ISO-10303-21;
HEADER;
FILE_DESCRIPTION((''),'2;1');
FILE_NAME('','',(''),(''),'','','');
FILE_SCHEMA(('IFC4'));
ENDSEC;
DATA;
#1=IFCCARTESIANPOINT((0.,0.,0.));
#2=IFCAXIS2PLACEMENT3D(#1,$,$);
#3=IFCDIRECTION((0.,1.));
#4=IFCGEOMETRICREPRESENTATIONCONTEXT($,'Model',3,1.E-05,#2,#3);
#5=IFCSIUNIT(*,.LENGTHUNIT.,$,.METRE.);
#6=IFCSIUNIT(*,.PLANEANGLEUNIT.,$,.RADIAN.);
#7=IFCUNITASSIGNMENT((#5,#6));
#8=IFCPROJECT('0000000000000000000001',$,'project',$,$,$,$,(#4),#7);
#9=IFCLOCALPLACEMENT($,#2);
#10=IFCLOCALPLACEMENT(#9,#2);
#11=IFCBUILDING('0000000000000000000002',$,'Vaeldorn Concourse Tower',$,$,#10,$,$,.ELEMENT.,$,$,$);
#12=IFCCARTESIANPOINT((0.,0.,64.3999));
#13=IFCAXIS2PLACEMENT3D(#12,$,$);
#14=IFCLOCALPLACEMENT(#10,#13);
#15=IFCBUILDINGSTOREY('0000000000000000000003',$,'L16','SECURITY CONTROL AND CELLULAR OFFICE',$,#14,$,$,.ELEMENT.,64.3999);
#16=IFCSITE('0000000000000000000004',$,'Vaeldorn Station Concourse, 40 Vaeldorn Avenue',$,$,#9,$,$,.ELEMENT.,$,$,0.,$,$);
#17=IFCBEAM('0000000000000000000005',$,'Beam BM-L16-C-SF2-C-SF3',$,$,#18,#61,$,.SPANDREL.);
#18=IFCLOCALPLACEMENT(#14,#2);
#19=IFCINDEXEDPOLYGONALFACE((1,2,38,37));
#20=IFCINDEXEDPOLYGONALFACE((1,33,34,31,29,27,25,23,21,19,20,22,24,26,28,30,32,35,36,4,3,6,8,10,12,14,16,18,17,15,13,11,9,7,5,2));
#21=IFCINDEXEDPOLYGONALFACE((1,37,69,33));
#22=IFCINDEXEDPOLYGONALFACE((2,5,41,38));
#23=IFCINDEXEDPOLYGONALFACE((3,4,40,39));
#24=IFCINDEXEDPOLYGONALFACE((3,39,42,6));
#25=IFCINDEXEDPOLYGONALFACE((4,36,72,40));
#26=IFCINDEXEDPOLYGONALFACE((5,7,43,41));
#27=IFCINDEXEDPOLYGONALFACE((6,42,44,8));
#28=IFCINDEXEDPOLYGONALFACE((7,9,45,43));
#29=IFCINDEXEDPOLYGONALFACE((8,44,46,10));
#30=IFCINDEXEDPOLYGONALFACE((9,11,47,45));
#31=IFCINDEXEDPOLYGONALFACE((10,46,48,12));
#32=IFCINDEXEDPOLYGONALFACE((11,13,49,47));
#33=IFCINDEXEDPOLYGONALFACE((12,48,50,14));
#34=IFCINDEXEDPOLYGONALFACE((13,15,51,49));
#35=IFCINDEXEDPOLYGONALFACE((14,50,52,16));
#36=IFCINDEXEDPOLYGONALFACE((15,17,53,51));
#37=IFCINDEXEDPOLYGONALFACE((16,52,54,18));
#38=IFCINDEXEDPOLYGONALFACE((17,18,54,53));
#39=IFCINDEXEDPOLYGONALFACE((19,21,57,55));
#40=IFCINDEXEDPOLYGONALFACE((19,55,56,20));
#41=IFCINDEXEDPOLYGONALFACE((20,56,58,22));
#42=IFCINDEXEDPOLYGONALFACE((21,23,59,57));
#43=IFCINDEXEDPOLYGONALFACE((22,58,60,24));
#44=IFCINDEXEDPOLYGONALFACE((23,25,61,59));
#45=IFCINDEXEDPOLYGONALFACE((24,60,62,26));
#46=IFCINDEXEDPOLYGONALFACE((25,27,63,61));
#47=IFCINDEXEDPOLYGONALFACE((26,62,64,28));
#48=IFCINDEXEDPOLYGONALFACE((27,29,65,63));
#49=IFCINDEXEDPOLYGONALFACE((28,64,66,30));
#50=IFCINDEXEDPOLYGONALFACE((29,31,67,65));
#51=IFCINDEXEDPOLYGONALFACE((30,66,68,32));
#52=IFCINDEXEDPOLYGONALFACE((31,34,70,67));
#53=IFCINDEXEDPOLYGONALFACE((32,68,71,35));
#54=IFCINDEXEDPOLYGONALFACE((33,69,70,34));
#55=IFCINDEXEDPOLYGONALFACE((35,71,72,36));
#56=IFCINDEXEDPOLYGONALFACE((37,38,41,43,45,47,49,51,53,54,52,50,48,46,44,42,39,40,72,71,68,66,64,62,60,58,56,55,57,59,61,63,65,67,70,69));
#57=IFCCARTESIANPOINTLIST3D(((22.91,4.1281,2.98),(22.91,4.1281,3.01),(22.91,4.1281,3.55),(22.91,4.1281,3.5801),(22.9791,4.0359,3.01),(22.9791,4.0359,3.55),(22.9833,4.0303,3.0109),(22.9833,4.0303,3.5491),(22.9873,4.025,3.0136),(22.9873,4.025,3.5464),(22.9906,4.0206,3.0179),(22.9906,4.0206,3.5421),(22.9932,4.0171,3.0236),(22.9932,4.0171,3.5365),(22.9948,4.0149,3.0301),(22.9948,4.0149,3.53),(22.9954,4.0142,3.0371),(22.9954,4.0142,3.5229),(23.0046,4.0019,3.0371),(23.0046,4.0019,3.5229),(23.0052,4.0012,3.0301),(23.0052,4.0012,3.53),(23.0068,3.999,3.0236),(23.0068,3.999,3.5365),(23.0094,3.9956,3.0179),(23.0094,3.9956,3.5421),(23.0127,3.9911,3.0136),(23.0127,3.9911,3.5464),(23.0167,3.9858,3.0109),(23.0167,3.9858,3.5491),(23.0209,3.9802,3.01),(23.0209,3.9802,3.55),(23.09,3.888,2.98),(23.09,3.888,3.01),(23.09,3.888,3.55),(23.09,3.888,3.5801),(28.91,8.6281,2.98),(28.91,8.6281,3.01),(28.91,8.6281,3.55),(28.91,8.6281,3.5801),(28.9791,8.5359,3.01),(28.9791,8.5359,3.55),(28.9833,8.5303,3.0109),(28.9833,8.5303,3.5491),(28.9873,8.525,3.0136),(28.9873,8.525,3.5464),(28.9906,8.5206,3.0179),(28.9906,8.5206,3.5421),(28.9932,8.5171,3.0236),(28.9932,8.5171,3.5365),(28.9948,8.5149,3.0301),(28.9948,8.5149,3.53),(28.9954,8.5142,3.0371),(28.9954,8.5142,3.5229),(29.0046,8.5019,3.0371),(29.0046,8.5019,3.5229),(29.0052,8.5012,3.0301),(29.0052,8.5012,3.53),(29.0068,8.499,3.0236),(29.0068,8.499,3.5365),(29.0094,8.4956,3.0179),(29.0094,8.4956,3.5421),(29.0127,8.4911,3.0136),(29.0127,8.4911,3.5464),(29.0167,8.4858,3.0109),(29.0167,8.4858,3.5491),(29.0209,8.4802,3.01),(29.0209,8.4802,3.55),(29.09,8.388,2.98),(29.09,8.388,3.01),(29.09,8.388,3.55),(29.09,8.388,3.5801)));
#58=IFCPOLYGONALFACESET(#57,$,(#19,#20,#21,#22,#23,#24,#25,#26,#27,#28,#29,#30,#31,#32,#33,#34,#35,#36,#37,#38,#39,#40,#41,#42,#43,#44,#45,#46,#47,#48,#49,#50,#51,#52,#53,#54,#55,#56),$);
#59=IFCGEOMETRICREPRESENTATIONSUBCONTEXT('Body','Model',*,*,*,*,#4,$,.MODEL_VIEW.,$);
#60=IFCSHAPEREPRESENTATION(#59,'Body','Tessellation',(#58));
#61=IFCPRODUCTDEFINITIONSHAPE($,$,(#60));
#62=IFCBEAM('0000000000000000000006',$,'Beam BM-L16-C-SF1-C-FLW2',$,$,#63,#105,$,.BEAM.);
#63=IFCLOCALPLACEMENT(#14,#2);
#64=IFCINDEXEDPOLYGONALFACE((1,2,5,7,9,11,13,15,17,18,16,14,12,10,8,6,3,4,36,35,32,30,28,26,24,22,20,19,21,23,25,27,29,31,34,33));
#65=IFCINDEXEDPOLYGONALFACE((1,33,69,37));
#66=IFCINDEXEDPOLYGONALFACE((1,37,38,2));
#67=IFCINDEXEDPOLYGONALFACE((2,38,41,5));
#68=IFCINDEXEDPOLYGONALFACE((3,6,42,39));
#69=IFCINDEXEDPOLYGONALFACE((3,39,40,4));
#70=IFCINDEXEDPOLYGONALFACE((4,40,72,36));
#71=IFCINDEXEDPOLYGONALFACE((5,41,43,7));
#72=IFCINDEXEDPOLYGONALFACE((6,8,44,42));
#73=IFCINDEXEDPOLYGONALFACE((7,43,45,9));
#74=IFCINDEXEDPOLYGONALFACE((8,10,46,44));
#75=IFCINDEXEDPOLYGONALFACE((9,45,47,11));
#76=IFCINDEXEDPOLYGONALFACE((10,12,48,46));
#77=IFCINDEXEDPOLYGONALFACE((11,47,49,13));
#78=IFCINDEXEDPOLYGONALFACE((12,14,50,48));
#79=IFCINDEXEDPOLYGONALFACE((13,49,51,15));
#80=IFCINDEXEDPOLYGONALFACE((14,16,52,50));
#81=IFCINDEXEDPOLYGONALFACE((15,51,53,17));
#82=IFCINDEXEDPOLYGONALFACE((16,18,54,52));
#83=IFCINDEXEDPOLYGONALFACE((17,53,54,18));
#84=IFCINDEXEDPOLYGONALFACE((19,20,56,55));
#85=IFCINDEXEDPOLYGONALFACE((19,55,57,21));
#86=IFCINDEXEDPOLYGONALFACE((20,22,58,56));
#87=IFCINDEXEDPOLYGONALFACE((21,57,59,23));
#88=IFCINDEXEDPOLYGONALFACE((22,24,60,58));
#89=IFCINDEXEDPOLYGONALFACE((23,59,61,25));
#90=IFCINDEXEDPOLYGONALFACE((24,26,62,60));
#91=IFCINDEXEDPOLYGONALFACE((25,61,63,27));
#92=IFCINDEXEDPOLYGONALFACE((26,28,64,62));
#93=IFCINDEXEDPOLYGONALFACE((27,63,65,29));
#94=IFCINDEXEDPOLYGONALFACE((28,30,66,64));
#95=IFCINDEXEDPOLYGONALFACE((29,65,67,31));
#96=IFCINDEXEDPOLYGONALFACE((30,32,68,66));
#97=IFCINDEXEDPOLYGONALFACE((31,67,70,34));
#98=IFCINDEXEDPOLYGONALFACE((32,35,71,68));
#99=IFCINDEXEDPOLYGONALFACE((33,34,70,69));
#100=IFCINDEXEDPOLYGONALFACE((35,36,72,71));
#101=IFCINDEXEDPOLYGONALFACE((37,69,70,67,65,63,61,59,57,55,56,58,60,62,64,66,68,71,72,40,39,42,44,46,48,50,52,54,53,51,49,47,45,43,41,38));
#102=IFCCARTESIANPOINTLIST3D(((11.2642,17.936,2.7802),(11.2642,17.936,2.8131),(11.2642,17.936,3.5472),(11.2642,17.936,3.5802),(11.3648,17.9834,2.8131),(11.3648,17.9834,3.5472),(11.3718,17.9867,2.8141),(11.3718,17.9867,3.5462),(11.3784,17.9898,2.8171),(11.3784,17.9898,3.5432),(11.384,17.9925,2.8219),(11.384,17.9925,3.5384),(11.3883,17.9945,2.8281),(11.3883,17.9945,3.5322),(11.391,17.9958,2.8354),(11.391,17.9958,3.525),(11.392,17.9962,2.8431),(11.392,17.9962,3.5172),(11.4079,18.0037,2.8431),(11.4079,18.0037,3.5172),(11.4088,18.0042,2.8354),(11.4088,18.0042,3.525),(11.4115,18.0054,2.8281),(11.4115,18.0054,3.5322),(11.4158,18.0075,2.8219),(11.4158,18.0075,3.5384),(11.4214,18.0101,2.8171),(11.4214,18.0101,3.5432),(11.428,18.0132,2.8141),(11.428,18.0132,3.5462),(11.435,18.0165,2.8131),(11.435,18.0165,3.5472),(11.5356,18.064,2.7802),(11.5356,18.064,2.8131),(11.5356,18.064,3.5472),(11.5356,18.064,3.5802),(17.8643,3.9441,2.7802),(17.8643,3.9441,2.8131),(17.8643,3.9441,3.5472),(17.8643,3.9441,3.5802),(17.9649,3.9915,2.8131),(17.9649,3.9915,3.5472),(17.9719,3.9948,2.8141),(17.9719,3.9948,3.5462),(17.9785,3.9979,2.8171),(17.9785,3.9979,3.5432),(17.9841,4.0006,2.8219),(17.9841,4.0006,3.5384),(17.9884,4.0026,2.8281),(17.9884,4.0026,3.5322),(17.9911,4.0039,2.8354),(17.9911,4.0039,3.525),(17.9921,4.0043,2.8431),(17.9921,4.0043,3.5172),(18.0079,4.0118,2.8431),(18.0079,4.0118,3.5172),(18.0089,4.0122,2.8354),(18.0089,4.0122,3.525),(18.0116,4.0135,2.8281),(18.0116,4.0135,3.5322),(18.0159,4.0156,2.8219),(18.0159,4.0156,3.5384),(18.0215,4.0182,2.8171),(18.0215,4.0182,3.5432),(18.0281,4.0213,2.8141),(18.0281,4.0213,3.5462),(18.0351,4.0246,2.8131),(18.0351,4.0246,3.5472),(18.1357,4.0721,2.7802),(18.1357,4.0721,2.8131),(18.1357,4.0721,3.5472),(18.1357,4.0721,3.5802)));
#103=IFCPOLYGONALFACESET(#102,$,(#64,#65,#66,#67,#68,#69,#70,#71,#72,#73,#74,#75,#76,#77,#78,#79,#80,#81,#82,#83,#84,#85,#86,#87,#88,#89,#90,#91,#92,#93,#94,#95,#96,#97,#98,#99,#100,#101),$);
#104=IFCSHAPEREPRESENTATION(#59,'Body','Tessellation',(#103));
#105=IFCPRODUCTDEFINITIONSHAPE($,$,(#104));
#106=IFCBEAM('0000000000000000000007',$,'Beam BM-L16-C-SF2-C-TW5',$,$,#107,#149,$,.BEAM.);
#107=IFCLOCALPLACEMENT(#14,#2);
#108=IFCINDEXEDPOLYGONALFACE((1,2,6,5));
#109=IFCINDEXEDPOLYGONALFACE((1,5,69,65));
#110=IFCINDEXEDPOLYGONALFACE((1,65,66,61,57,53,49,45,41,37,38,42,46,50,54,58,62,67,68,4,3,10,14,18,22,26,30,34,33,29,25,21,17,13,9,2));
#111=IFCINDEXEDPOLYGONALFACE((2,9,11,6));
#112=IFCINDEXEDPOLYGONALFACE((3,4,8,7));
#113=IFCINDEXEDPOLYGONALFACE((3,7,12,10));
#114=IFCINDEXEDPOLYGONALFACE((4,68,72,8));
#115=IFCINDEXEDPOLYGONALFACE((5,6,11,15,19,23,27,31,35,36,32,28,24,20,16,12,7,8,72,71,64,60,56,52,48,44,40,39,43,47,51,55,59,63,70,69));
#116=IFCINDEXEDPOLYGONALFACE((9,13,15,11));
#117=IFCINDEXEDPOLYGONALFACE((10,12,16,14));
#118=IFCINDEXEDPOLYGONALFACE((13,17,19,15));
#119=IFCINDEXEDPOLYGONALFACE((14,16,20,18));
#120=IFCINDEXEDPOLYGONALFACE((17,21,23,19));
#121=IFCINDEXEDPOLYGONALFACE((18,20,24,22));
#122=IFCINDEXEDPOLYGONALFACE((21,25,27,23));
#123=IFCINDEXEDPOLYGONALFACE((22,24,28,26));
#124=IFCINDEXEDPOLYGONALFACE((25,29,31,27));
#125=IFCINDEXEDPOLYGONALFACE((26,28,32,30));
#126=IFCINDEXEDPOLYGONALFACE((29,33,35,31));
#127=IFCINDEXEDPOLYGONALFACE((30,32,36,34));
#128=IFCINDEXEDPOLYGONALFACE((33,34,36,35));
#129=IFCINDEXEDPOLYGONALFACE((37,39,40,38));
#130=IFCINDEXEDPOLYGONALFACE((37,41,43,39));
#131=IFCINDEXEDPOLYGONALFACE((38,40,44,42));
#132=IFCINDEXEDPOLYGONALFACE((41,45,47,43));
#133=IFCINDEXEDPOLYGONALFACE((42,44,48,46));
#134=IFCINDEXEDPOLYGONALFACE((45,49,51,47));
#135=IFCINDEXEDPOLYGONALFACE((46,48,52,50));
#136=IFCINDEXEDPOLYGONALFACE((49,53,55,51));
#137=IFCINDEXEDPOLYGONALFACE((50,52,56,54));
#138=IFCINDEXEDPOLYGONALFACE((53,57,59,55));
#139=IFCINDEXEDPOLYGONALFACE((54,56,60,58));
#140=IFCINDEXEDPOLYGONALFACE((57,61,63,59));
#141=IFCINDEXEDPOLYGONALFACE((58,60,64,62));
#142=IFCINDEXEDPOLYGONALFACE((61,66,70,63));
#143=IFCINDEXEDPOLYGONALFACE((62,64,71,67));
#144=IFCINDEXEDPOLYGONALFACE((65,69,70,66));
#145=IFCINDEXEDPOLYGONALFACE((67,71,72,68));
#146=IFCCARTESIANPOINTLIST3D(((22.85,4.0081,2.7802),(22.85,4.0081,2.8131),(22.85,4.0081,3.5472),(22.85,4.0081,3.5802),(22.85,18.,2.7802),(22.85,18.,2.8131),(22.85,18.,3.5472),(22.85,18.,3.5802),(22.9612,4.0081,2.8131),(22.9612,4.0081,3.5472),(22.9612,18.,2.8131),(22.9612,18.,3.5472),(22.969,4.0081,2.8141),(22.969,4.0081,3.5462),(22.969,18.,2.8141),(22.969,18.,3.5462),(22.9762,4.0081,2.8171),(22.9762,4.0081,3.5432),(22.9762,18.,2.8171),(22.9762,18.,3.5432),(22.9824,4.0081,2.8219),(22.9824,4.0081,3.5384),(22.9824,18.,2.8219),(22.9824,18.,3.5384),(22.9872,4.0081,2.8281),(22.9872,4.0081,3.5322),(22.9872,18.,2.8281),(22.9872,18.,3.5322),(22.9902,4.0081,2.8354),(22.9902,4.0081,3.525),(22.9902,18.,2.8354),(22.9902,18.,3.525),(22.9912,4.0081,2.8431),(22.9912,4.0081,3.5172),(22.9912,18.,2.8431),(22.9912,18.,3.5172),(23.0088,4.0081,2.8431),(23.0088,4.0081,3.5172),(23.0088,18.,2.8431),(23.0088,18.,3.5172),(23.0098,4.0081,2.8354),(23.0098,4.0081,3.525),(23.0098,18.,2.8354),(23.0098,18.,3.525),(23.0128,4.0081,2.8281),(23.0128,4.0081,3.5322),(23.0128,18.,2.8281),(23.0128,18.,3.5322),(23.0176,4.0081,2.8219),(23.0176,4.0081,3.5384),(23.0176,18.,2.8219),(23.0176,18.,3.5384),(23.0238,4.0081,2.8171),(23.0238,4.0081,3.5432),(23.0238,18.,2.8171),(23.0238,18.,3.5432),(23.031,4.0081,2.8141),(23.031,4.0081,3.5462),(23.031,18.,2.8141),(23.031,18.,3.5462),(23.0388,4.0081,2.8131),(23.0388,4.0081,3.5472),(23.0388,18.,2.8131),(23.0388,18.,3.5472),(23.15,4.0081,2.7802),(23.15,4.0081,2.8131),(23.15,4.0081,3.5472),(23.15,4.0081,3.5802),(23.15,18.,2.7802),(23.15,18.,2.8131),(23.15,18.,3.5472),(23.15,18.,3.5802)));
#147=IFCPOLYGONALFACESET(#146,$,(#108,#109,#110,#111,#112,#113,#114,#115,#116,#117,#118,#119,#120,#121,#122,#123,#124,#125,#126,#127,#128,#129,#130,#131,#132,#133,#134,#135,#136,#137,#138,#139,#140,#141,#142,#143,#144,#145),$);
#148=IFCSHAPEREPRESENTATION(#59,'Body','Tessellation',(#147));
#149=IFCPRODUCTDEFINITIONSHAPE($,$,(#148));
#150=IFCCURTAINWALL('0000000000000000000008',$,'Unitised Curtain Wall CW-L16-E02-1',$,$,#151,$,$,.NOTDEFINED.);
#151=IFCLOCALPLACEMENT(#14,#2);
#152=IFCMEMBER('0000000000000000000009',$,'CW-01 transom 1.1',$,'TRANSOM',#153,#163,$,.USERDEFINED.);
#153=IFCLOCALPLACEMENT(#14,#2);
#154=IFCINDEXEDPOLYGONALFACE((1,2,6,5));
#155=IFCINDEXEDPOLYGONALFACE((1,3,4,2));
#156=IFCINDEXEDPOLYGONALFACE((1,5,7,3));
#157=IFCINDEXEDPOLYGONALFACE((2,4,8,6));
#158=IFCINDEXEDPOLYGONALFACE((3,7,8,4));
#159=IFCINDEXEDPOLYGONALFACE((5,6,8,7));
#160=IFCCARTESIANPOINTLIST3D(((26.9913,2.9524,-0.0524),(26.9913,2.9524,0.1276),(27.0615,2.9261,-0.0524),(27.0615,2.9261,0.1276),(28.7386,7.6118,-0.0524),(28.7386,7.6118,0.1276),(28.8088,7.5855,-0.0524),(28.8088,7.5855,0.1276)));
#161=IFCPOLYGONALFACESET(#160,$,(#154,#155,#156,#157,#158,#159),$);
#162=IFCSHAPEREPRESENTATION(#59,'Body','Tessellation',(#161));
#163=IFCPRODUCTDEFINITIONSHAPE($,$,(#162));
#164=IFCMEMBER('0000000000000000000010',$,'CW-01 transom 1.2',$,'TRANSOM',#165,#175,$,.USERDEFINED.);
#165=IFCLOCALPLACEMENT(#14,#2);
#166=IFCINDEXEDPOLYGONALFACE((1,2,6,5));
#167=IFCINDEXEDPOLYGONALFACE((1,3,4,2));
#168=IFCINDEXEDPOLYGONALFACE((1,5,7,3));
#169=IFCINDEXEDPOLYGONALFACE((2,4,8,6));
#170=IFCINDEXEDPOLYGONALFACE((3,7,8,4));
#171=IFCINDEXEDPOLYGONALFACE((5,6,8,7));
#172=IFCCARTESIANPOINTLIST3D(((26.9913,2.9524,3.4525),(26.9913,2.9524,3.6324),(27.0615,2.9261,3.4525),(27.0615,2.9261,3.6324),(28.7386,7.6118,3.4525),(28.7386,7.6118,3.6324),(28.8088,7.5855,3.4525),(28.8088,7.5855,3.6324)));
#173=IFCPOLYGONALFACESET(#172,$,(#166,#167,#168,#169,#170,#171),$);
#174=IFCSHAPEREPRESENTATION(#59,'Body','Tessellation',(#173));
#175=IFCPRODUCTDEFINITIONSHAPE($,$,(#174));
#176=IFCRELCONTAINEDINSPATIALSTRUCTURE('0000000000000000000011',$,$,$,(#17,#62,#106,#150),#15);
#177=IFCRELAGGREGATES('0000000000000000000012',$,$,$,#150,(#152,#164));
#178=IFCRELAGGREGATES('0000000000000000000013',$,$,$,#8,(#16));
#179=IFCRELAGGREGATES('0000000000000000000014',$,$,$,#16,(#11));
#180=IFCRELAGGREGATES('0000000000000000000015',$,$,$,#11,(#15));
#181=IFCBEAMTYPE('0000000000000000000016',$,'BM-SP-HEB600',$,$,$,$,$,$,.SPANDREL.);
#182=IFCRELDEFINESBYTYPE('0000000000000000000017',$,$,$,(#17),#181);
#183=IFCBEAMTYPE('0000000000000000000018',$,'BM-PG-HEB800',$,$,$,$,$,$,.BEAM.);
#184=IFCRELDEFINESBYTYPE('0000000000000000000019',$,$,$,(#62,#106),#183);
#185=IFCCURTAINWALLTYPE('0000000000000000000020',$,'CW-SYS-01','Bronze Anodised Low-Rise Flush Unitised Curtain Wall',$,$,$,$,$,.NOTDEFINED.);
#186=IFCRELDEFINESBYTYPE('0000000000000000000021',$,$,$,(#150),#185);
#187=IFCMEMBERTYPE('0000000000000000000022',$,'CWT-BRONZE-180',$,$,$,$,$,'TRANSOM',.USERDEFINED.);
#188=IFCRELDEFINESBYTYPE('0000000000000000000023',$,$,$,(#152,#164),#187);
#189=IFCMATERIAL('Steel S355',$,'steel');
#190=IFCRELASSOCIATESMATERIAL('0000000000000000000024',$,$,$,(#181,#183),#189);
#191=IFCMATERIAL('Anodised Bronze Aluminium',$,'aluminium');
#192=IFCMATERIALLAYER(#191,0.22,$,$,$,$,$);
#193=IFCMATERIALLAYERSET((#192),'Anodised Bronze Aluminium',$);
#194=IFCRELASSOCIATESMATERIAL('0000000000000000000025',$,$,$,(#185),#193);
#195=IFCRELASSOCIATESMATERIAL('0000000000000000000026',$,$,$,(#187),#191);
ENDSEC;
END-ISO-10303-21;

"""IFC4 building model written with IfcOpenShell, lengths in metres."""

from ifc_helpers import new_model, si_unit, direction, frame, origin, origin_2d, place, context, subcontext, project, spatial, rectangle, i_section, extrude, source, transform, mapped, material, layer, layer_set, material_profile, profile_set, type_object, element, aggregate, save


model = new_model("IFC4")

# Units and contexts
model_context = context("Model", 3, precision=1e-05, world=origin(), true_north=direction((0.0, 1.0)))
body_context = subcontext(model_context, "Body", "Model", "MODEL_VIEW")
ifc_project = project(units=[si_unit("LENGTHUNIT", "METRE"), si_unit("PLANEANGLEUNIT", "RADIAN")], contexts=[model_context])

# Site, building, storey
site_placement = place(None, origin())
site = spatial("IfcSite", under=ifc_project, at=site_placement, Name="Vaeldorn Station Concourse, 40 Vaeldorn Avenue", CompositionType="ELEMENT", RefElevation=0.0)
building_placement = place(site_placement, origin())
building = spatial("IfcBuilding", under=site, at=building_placement, Name="Vaeldorn Concourse Tower", CompositionType="ELEMENT")
storey_placement = place(building_placement, frame((0.0, 0.0, 64.3999)))
storey = spatial("IfcBuildingStorey", under=building, at=storey_placement, Name="L16", Description="SECURITY CONTROL AND CELLULAR OFFICE", CompositionType="ELEMENT", Elevation=64.3999)

# Beams
ifc_material_1 = material(Name="Steel S355", Category="steel")
ifc_material_profile_1 = material_profile(ifc_material_1, i_section(OverallWidth=0.3, OverallDepth=0.6001, WebThickness=0.0154, FlangeThickness=0.03, FilletRadius=0.0271, at=origin_2d()), Name="HEB 600")
ifc_profile_set_1 = profile_set([ifc_material_profile_1], Name="Steel S355")
beam_type_1 = type_object("IfcBeamType", Name="BM-SP-HEB600", PredefinedType="SPANDREL", material=ifc_profile_set_1)
shared_shape_1 = source(origin(), body_context, "Body", "SweptSolid", [
    extrude(i_section(OverallWidth=0.3, OverallDepth=0.6001, WebThickness=0.0154, FlangeThickness=0.03, FilletRadius=0.0271, at=origin_2d()), origin(), (0.0, 0.0, 1.0), 7.5),
])
beam_1_placement = place(storey_placement, frame((23.0, 4.0081, 3.28), z_axis=(0.8, 0.6, 0.0), x_axis=(-0.6, 0.8, 0.0)))
element("IfcBeam", 1, at=beam_1_placement, inside=storey, type_object=beam_type_1, Name="Beam BM-L16-C-SF2-C-SF3", PredefinedType="SPANDREL", context=body_context, shape_type="MappedRepresentation", body=[
    mapped(shared_shape_1, transform((0.0, 0.0, 0.0), scale=1.0)),
])
ifc_material_profile_2 = material_profile(ifc_material_1, i_section(OverallWidth=0.3, OverallDepth=0.8, WebThickness=0.0176, FlangeThickness=0.033, FilletRadius=0.03, at=origin_2d()), Name="HEB 800")
ifc_profile_set_2 = profile_set([ifc_material_profile_2], Name="Steel S355")
beam_type_2 = type_object("IfcBeamType", Name="BM-PG-HEB800", PredefinedType="BEAM", material=ifc_profile_set_2)
shared_shape_2 = source(origin(), body_context, "Body", "SweptSolid", [
    extrude(i_section(OverallWidth=0.3, OverallDepth=0.8, WebThickness=0.0176, FlangeThickness=0.033, FilletRadius=0.03, at=origin_2d()), origin(), (0.0, 0.0, 1.0), 15.4705),
])
beam_2_placement = place(storey_placement, frame((18.0, 4.0081, 3.1802), z_axis=(-0.426625, 0.904428, 0.0), x_axis=(-0.904428, -0.426625, 0.0)))
element("IfcBeam", 2, at=beam_2_placement, inside=storey, type_object=beam_type_2, Name="Beam BM-L16-C-SF1-C-FLW2", PredefinedType="BEAM", context=body_context, shape_type="MappedRepresentation", body=[
    mapped(shared_shape_2, transform((0.0, 0.0, 0.0), scale=1.0)),
])
shared_shape_3 = source(origin(), body_context, "Body", "SweptSolid", [
    extrude(i_section(OverallWidth=0.3, OverallDepth=0.8, WebThickness=0.0176, FlangeThickness=0.033, FilletRadius=0.03, at=origin_2d()), origin(), (0.0, 0.0, 1.0), 13.9919),
])
beam_3_placement = place(storey_placement, frame((23.0, 4.0081, 3.1802), z_axis=(0.0, 1.0, 0.0), x_axis=(-1.0, 0.0, 0.0)))
element("IfcBeam", 3, at=beam_3_placement, inside=storey, type_object=beam_type_2, Name="Beam BM-L16-C-SF2-C-TW5", PredefinedType="BEAM", context=body_context, shape_type="MappedRepresentation", body=[
    mapped(shared_shape_3, transform((0.0, 0.0, 0.0), scale=1.0)),
])

# Curtain wall, members
ifc_material_2 = material(Name="Anodised Bronze Aluminium", Category="aluminium")
ifc_layer_1 = layer(ifc_material_2, 0.22)
ifc_layer_set_1 = layer_set([ifc_layer_1], Name="Anodised Bronze Aluminium")
curtain_wall_type = type_object("IfcCurtainWallType", Name="CW-SYS-01", Description="Bronze Anodised Low-Rise Flush Unitised Curtain Wall", PredefinedType="NOTDEFINED", material=ifc_layer_set_1)
curtain_wall_1_placement = place(storey_placement, origin())
curtain_wall_1 = element("IfcCurtainWall", 4, at=curtain_wall_1_placement, inside=storey, type_object=curtain_wall_type, Name="Unitised Curtain Wall CW-L16-E02-1", PredefinedType="NOTDEFINED")
ifc_material_profile_3 = material_profile(ifc_material_2, rectangle(XDim=0.075, YDim=0.1799, at=origin_2d()), Name="CWT 75x180")
ifc_profile_set_3 = profile_set([ifc_material_profile_3], Name="Anodised Bronze Aluminium")
member_type_1 = type_object("IfcMemberType", Name="CWT-BRONZE-180", ElementType="TRANSOM", PredefinedType="USERDEFINED", material=ifc_profile_set_3)
shared_shape_4 = source(origin(), body_context, "Body", "SweptSolid", [
    extrude(rectangle(XDim=0.075, YDim=0.1799, at=origin_2d()), origin(), (0.0, 0.0, 1.0), 4.9763),
])
member_1_placement = place(storey_placement, frame((27.0264, 2.9392, 0.0376), z_axis=(0.351129, 0.936327, 0.0), x_axis=(-0.936327, 0.351129, 0.0)))
member_1 = element("IfcMember", 5, at=member_1_placement, type_object=member_type_1, Name="CW-01 transom 1.1", ObjectType="TRANSOM", PredefinedType="USERDEFINED", context=body_context, shape_type="MappedRepresentation", body=[
    mapped(shared_shape_4, transform((0.0, 0.0, 0.0), scale=1.0)),
])
member_2_placement = place(storey_placement, frame((27.0264, 2.9392, 3.5425), z_axis=(0.351129, 0.936327, 0.0), x_axis=(-0.936327, 0.351129, 0.0)))
member_2 = element("IfcMember", 6, at=member_2_placement, type_object=member_type_1, Name="CW-01 transom 1.2", ObjectType="TRANSOM", PredefinedType="USERDEFINED", context=body_context, shape_type="MappedRepresentation", body=[
    mapped(shared_shape_4, transform((0.0, 0.0, 0.0), scale=1.0)),
])

aggregate(curtain_wall_1, [member_1, member_2])

save(model, "model.ifc")
